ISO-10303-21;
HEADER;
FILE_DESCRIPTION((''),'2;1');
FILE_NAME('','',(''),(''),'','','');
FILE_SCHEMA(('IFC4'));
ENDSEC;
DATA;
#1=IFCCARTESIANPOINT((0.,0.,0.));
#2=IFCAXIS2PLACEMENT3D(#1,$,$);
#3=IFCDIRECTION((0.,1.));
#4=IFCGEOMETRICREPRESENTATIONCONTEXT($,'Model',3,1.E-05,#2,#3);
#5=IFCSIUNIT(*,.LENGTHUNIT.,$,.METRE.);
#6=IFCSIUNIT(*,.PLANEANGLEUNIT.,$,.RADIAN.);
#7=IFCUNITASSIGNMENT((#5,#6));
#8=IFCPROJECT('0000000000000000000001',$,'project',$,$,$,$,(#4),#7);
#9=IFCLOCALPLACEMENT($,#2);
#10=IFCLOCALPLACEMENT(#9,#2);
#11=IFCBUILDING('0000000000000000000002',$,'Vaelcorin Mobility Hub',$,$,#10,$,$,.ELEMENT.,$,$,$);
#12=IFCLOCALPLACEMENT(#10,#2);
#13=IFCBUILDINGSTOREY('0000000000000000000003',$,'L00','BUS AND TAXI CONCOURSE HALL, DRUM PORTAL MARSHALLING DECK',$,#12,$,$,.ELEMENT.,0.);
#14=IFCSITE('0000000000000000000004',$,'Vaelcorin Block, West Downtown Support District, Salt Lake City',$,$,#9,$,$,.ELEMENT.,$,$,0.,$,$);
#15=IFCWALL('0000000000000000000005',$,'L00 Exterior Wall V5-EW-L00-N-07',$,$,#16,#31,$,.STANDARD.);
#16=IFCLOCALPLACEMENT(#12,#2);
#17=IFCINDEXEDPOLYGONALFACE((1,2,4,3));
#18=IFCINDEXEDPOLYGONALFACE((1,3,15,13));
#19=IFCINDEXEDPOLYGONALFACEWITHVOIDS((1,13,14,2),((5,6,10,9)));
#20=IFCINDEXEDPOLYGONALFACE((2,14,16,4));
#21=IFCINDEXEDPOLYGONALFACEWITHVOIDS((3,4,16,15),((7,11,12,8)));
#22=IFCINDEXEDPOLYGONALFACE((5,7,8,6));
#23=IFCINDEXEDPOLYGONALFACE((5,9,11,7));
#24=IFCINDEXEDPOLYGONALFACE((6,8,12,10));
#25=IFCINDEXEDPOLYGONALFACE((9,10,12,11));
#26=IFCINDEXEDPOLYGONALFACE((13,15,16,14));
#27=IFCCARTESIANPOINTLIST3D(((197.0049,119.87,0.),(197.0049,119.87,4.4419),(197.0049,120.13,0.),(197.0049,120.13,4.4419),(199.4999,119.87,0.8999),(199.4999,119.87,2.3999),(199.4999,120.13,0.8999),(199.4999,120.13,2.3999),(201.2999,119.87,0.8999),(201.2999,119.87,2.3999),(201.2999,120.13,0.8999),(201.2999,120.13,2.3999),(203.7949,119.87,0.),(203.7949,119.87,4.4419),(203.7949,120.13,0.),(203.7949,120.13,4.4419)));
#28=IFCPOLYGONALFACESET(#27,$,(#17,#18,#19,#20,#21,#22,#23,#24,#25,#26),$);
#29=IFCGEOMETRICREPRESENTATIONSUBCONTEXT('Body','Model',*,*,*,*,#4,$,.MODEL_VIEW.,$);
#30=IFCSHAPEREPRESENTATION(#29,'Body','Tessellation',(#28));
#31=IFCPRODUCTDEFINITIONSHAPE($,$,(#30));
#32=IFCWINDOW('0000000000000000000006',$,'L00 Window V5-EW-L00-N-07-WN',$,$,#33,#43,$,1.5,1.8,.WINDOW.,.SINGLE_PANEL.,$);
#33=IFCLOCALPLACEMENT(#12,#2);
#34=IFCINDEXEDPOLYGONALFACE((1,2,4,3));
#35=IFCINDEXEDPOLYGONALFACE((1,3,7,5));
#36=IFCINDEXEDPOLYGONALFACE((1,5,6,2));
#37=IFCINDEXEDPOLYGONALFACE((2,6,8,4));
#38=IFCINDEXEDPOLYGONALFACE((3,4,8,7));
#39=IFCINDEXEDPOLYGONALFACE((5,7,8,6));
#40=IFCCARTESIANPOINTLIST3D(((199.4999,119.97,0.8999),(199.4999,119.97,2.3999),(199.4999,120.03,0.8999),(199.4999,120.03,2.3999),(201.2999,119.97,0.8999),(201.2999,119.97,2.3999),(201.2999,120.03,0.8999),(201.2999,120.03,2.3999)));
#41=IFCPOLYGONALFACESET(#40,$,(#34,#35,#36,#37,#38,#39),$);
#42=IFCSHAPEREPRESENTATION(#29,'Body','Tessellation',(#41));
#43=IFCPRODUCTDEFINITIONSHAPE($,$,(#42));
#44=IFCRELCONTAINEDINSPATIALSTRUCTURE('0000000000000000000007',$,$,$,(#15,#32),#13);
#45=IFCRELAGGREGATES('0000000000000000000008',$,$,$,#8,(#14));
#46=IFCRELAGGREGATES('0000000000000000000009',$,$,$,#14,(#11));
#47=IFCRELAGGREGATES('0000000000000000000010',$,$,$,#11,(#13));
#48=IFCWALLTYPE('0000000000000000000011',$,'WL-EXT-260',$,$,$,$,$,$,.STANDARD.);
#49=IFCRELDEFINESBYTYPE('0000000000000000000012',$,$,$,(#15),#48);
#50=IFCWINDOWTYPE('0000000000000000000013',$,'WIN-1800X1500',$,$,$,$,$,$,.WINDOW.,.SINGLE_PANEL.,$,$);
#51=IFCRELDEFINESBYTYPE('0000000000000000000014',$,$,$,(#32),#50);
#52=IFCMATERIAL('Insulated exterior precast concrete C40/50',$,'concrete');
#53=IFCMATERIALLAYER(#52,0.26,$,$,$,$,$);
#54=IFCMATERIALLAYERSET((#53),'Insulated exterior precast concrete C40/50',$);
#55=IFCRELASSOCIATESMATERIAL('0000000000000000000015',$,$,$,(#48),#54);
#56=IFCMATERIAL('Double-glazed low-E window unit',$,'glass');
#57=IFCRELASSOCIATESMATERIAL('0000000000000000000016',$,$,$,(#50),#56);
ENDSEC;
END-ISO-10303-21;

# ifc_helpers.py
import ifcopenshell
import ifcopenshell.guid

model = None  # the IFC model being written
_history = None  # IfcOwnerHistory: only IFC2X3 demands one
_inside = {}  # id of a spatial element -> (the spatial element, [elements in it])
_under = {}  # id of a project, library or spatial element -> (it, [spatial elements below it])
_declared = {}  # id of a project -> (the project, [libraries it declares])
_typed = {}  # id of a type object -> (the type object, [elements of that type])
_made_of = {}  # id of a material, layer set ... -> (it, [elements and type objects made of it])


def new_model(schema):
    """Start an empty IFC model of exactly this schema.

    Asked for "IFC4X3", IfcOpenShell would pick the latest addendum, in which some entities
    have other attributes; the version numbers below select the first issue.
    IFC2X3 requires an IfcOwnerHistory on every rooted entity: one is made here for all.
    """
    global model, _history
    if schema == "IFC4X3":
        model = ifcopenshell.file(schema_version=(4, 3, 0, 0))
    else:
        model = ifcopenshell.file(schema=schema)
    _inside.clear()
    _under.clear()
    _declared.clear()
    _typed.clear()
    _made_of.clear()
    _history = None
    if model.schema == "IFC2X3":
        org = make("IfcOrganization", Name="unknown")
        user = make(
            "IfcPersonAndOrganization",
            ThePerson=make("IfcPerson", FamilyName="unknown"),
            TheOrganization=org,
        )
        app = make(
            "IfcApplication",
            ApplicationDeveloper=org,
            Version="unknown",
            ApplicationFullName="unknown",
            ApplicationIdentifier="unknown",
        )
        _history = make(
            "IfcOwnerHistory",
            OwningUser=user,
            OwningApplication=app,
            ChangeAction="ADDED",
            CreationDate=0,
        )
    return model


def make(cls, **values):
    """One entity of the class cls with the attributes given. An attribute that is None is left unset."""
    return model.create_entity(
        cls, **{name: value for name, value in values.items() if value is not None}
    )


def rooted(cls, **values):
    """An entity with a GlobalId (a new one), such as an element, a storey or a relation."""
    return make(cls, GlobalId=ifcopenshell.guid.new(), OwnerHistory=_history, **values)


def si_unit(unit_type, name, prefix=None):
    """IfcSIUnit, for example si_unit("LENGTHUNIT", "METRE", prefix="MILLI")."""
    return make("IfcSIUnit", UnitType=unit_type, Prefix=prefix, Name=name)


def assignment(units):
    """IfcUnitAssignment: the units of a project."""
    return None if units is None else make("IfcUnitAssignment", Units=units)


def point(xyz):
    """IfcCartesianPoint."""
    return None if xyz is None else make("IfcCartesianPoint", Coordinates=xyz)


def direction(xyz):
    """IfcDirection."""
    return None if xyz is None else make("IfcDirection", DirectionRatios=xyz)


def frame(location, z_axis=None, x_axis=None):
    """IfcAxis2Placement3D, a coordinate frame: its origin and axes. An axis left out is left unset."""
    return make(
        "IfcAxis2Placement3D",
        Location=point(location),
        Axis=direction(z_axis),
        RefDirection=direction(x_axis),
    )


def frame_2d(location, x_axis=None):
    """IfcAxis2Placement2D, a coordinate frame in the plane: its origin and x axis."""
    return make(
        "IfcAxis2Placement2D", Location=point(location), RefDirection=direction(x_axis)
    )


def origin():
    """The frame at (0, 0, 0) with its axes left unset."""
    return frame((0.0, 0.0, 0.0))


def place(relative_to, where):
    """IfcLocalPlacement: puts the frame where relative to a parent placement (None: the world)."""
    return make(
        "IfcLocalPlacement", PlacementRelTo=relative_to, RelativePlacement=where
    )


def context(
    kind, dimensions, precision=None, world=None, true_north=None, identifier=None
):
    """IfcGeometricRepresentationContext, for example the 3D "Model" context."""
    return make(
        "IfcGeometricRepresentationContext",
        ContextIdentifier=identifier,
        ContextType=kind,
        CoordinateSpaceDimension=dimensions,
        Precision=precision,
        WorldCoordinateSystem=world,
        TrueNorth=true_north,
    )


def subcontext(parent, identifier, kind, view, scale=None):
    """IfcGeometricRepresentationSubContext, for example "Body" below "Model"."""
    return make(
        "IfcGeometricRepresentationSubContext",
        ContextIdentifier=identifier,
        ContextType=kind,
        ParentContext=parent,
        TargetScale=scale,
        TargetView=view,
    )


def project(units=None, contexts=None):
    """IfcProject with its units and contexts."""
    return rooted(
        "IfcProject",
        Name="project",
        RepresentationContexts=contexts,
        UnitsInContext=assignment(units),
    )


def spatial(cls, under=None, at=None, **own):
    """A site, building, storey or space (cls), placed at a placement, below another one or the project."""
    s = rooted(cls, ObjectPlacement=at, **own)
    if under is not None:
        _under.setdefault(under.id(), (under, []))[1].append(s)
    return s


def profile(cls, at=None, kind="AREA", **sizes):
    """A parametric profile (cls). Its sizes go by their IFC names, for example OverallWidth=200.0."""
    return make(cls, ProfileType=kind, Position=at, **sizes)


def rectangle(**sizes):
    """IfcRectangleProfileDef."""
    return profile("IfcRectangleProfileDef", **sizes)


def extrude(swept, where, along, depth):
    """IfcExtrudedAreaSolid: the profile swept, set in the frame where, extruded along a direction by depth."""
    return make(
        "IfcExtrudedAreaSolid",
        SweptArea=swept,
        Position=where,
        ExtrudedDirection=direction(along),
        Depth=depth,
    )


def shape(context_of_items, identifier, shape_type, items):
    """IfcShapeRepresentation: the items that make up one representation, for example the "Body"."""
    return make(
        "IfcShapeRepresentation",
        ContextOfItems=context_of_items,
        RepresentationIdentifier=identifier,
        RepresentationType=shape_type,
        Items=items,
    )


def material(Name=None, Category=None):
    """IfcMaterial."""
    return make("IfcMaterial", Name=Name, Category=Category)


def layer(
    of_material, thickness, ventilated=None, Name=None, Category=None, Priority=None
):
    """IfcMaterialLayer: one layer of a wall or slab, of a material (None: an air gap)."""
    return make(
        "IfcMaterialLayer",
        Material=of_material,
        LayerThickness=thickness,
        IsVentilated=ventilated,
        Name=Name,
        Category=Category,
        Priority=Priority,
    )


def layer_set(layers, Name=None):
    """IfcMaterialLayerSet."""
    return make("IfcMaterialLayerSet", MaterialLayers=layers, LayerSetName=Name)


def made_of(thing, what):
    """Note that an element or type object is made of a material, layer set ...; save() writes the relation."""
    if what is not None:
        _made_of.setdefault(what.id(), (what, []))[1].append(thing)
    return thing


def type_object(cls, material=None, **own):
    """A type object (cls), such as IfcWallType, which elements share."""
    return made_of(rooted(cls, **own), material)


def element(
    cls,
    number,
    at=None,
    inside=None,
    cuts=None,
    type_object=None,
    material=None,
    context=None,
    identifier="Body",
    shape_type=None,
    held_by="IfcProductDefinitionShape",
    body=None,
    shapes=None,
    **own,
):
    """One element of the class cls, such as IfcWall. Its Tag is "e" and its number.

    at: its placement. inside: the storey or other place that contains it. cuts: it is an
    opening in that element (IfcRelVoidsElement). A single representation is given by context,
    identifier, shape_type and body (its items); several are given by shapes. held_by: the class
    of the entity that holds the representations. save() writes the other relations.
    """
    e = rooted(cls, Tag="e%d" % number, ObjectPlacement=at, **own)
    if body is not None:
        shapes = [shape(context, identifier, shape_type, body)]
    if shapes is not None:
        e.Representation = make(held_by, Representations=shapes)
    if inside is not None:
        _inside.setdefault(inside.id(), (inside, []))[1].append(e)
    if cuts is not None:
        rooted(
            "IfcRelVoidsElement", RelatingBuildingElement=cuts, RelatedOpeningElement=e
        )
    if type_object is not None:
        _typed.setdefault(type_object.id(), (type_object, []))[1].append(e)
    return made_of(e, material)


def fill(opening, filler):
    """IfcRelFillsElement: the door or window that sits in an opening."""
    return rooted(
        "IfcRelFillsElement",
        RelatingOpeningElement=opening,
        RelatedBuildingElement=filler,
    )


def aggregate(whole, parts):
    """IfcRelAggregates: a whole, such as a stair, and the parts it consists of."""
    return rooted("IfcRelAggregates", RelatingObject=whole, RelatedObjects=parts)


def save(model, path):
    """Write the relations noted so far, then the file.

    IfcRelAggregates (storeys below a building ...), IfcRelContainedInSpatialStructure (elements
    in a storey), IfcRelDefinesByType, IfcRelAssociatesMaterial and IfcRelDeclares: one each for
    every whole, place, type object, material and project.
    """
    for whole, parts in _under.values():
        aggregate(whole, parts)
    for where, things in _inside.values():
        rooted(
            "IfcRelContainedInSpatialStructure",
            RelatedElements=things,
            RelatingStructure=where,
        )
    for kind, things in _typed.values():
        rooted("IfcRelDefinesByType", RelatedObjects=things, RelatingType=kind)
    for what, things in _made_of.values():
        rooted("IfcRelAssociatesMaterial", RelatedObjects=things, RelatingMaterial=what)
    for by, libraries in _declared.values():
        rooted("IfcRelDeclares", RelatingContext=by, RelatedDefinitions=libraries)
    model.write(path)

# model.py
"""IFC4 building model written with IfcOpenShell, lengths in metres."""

from ifc_helpers import new_model, si_unit, direction, frame, frame_2d, origin, place, context, subcontext, project, spatial, rectangle, extrude, material, layer, layer_set, type_object, element, fill, save


model = new_model("IFC4")

# Units and contexts
model_context = context("Model", 3, precision=1e-05, world=origin(), true_north=direction((0.0, 1.0)))
body_context = subcontext(model_context, "Body", "Model", "MODEL_VIEW")
ifc_project = project(units=[si_unit("LENGTHUNIT", "METRE"), si_unit("PLANEANGLEUNIT", "RADIAN")], contexts=[model_context])

# Site, building, storey
site_placement = place(None, origin())
site = spatial("IfcSite", under=ifc_project, at=site_placement, Name="Vaelcorin Block, West Downtown Support District, Salt Lake City", CompositionType="ELEMENT", RefElevation=0.0)
building_placement = place(site_placement, origin())
building = spatial("IfcBuilding", under=site, at=building_placement, Name="Vaelcorin Mobility Hub", CompositionType="ELEMENT")
storey_placement = place(building_placement, origin())
storey = spatial("IfcBuildingStorey", under=building, at=storey_placement, Name="L00", Description="BUS AND TAXI CONCOURSE HALL, DRUM PORTAL MARSHALLING DECK", CompositionType="ELEMENT", Elevation=0.0)

# Wall, opening, window
ifc_material_1 = material(Name="Insulated exterior precast concrete C40/50", Category="concrete")
ifc_layer_1 = layer(ifc_material_1, 0.26)
ifc_layer_set_1 = layer_set([ifc_layer_1], Name="Insulated exterior precast concrete C40/50")
wall_type = type_object("IfcWallType", Name="WL-EXT-260", PredefinedType="STANDARD", material=ifc_layer_set_1)
ifc_material_2 = material(Name="Double-glazed low-E window unit", Category="glass")
window_type = type_object("IfcWindowType", Name="WIN-1800X1500", PartitioningType="SINGLE_PANEL", PredefinedType="WINDOW", material=ifc_material_2)
wall_1_placement = place(storey_placement, frame((197.0049, 120.0, 0.0), z_axis=(0.0, 0.0, 1.0), x_axis=(1.0, 0.0, 0.0)))
wall_1 = element("IfcWall", 1, at=wall_1_placement, inside=storey, type_object=wall_type, Name="L00 Exterior Wall V5-EW-L00-N-07", PredefinedType="STANDARD", context=body_context, shape_type="SweptSolid", body=[
    extrude(rectangle(XDim=6.79, YDim=0.26, at=frame_2d((3.395, 0.0))), origin(), (0.0, 0.0, 1.0), 4.4419),
])
opening_1_placement = place(wall_1_placement, frame((2.4951, 0.0, 0.8999)))
opening_1 = element("IfcOpeningElement", 2, at=opening_1_placement, cuts=wall_1, PredefinedType="OPENING", context=body_context, shape_type="SweptSolid", body=[
    extrude(rectangle(XDim=1.8, YDim=1.5, at=frame_2d((0.8999, 0.75))), frame((0.0, 0.1399, 0.0), z_axis=(0.0, -1.0, 0.0), x_axis=(1.0, 0.0, 0.0)), (0.0, 0.0, 1.0), 0.28),
])
window_1_placement = place(opening_1_placement, origin())
window_1 = element("IfcWindow", 3, at=window_1_placement, inside=storey, type_object=window_type, Name="L00 Window V5-EW-L00-N-07-WN", OverallHeight=1.5, OverallWidth=1.8, PartitioningType="SINGLE_PANEL", PredefinedType="WINDOW", context=body_context, shape_type="SweptSolid", body=[
    extrude(rectangle(XDim=1.8, YDim=1.5, at=frame_2d((0.8999, 0.75))), frame((0.0, 0.03, 0.0), z_axis=(0.0, -1.0, 0.0), x_axis=(1.0, 0.0, 0.0)), (0.0, 0.0, 1.0), 0.0601),
])
fill(opening_1, window_1)

save(model, "model.ifc")
